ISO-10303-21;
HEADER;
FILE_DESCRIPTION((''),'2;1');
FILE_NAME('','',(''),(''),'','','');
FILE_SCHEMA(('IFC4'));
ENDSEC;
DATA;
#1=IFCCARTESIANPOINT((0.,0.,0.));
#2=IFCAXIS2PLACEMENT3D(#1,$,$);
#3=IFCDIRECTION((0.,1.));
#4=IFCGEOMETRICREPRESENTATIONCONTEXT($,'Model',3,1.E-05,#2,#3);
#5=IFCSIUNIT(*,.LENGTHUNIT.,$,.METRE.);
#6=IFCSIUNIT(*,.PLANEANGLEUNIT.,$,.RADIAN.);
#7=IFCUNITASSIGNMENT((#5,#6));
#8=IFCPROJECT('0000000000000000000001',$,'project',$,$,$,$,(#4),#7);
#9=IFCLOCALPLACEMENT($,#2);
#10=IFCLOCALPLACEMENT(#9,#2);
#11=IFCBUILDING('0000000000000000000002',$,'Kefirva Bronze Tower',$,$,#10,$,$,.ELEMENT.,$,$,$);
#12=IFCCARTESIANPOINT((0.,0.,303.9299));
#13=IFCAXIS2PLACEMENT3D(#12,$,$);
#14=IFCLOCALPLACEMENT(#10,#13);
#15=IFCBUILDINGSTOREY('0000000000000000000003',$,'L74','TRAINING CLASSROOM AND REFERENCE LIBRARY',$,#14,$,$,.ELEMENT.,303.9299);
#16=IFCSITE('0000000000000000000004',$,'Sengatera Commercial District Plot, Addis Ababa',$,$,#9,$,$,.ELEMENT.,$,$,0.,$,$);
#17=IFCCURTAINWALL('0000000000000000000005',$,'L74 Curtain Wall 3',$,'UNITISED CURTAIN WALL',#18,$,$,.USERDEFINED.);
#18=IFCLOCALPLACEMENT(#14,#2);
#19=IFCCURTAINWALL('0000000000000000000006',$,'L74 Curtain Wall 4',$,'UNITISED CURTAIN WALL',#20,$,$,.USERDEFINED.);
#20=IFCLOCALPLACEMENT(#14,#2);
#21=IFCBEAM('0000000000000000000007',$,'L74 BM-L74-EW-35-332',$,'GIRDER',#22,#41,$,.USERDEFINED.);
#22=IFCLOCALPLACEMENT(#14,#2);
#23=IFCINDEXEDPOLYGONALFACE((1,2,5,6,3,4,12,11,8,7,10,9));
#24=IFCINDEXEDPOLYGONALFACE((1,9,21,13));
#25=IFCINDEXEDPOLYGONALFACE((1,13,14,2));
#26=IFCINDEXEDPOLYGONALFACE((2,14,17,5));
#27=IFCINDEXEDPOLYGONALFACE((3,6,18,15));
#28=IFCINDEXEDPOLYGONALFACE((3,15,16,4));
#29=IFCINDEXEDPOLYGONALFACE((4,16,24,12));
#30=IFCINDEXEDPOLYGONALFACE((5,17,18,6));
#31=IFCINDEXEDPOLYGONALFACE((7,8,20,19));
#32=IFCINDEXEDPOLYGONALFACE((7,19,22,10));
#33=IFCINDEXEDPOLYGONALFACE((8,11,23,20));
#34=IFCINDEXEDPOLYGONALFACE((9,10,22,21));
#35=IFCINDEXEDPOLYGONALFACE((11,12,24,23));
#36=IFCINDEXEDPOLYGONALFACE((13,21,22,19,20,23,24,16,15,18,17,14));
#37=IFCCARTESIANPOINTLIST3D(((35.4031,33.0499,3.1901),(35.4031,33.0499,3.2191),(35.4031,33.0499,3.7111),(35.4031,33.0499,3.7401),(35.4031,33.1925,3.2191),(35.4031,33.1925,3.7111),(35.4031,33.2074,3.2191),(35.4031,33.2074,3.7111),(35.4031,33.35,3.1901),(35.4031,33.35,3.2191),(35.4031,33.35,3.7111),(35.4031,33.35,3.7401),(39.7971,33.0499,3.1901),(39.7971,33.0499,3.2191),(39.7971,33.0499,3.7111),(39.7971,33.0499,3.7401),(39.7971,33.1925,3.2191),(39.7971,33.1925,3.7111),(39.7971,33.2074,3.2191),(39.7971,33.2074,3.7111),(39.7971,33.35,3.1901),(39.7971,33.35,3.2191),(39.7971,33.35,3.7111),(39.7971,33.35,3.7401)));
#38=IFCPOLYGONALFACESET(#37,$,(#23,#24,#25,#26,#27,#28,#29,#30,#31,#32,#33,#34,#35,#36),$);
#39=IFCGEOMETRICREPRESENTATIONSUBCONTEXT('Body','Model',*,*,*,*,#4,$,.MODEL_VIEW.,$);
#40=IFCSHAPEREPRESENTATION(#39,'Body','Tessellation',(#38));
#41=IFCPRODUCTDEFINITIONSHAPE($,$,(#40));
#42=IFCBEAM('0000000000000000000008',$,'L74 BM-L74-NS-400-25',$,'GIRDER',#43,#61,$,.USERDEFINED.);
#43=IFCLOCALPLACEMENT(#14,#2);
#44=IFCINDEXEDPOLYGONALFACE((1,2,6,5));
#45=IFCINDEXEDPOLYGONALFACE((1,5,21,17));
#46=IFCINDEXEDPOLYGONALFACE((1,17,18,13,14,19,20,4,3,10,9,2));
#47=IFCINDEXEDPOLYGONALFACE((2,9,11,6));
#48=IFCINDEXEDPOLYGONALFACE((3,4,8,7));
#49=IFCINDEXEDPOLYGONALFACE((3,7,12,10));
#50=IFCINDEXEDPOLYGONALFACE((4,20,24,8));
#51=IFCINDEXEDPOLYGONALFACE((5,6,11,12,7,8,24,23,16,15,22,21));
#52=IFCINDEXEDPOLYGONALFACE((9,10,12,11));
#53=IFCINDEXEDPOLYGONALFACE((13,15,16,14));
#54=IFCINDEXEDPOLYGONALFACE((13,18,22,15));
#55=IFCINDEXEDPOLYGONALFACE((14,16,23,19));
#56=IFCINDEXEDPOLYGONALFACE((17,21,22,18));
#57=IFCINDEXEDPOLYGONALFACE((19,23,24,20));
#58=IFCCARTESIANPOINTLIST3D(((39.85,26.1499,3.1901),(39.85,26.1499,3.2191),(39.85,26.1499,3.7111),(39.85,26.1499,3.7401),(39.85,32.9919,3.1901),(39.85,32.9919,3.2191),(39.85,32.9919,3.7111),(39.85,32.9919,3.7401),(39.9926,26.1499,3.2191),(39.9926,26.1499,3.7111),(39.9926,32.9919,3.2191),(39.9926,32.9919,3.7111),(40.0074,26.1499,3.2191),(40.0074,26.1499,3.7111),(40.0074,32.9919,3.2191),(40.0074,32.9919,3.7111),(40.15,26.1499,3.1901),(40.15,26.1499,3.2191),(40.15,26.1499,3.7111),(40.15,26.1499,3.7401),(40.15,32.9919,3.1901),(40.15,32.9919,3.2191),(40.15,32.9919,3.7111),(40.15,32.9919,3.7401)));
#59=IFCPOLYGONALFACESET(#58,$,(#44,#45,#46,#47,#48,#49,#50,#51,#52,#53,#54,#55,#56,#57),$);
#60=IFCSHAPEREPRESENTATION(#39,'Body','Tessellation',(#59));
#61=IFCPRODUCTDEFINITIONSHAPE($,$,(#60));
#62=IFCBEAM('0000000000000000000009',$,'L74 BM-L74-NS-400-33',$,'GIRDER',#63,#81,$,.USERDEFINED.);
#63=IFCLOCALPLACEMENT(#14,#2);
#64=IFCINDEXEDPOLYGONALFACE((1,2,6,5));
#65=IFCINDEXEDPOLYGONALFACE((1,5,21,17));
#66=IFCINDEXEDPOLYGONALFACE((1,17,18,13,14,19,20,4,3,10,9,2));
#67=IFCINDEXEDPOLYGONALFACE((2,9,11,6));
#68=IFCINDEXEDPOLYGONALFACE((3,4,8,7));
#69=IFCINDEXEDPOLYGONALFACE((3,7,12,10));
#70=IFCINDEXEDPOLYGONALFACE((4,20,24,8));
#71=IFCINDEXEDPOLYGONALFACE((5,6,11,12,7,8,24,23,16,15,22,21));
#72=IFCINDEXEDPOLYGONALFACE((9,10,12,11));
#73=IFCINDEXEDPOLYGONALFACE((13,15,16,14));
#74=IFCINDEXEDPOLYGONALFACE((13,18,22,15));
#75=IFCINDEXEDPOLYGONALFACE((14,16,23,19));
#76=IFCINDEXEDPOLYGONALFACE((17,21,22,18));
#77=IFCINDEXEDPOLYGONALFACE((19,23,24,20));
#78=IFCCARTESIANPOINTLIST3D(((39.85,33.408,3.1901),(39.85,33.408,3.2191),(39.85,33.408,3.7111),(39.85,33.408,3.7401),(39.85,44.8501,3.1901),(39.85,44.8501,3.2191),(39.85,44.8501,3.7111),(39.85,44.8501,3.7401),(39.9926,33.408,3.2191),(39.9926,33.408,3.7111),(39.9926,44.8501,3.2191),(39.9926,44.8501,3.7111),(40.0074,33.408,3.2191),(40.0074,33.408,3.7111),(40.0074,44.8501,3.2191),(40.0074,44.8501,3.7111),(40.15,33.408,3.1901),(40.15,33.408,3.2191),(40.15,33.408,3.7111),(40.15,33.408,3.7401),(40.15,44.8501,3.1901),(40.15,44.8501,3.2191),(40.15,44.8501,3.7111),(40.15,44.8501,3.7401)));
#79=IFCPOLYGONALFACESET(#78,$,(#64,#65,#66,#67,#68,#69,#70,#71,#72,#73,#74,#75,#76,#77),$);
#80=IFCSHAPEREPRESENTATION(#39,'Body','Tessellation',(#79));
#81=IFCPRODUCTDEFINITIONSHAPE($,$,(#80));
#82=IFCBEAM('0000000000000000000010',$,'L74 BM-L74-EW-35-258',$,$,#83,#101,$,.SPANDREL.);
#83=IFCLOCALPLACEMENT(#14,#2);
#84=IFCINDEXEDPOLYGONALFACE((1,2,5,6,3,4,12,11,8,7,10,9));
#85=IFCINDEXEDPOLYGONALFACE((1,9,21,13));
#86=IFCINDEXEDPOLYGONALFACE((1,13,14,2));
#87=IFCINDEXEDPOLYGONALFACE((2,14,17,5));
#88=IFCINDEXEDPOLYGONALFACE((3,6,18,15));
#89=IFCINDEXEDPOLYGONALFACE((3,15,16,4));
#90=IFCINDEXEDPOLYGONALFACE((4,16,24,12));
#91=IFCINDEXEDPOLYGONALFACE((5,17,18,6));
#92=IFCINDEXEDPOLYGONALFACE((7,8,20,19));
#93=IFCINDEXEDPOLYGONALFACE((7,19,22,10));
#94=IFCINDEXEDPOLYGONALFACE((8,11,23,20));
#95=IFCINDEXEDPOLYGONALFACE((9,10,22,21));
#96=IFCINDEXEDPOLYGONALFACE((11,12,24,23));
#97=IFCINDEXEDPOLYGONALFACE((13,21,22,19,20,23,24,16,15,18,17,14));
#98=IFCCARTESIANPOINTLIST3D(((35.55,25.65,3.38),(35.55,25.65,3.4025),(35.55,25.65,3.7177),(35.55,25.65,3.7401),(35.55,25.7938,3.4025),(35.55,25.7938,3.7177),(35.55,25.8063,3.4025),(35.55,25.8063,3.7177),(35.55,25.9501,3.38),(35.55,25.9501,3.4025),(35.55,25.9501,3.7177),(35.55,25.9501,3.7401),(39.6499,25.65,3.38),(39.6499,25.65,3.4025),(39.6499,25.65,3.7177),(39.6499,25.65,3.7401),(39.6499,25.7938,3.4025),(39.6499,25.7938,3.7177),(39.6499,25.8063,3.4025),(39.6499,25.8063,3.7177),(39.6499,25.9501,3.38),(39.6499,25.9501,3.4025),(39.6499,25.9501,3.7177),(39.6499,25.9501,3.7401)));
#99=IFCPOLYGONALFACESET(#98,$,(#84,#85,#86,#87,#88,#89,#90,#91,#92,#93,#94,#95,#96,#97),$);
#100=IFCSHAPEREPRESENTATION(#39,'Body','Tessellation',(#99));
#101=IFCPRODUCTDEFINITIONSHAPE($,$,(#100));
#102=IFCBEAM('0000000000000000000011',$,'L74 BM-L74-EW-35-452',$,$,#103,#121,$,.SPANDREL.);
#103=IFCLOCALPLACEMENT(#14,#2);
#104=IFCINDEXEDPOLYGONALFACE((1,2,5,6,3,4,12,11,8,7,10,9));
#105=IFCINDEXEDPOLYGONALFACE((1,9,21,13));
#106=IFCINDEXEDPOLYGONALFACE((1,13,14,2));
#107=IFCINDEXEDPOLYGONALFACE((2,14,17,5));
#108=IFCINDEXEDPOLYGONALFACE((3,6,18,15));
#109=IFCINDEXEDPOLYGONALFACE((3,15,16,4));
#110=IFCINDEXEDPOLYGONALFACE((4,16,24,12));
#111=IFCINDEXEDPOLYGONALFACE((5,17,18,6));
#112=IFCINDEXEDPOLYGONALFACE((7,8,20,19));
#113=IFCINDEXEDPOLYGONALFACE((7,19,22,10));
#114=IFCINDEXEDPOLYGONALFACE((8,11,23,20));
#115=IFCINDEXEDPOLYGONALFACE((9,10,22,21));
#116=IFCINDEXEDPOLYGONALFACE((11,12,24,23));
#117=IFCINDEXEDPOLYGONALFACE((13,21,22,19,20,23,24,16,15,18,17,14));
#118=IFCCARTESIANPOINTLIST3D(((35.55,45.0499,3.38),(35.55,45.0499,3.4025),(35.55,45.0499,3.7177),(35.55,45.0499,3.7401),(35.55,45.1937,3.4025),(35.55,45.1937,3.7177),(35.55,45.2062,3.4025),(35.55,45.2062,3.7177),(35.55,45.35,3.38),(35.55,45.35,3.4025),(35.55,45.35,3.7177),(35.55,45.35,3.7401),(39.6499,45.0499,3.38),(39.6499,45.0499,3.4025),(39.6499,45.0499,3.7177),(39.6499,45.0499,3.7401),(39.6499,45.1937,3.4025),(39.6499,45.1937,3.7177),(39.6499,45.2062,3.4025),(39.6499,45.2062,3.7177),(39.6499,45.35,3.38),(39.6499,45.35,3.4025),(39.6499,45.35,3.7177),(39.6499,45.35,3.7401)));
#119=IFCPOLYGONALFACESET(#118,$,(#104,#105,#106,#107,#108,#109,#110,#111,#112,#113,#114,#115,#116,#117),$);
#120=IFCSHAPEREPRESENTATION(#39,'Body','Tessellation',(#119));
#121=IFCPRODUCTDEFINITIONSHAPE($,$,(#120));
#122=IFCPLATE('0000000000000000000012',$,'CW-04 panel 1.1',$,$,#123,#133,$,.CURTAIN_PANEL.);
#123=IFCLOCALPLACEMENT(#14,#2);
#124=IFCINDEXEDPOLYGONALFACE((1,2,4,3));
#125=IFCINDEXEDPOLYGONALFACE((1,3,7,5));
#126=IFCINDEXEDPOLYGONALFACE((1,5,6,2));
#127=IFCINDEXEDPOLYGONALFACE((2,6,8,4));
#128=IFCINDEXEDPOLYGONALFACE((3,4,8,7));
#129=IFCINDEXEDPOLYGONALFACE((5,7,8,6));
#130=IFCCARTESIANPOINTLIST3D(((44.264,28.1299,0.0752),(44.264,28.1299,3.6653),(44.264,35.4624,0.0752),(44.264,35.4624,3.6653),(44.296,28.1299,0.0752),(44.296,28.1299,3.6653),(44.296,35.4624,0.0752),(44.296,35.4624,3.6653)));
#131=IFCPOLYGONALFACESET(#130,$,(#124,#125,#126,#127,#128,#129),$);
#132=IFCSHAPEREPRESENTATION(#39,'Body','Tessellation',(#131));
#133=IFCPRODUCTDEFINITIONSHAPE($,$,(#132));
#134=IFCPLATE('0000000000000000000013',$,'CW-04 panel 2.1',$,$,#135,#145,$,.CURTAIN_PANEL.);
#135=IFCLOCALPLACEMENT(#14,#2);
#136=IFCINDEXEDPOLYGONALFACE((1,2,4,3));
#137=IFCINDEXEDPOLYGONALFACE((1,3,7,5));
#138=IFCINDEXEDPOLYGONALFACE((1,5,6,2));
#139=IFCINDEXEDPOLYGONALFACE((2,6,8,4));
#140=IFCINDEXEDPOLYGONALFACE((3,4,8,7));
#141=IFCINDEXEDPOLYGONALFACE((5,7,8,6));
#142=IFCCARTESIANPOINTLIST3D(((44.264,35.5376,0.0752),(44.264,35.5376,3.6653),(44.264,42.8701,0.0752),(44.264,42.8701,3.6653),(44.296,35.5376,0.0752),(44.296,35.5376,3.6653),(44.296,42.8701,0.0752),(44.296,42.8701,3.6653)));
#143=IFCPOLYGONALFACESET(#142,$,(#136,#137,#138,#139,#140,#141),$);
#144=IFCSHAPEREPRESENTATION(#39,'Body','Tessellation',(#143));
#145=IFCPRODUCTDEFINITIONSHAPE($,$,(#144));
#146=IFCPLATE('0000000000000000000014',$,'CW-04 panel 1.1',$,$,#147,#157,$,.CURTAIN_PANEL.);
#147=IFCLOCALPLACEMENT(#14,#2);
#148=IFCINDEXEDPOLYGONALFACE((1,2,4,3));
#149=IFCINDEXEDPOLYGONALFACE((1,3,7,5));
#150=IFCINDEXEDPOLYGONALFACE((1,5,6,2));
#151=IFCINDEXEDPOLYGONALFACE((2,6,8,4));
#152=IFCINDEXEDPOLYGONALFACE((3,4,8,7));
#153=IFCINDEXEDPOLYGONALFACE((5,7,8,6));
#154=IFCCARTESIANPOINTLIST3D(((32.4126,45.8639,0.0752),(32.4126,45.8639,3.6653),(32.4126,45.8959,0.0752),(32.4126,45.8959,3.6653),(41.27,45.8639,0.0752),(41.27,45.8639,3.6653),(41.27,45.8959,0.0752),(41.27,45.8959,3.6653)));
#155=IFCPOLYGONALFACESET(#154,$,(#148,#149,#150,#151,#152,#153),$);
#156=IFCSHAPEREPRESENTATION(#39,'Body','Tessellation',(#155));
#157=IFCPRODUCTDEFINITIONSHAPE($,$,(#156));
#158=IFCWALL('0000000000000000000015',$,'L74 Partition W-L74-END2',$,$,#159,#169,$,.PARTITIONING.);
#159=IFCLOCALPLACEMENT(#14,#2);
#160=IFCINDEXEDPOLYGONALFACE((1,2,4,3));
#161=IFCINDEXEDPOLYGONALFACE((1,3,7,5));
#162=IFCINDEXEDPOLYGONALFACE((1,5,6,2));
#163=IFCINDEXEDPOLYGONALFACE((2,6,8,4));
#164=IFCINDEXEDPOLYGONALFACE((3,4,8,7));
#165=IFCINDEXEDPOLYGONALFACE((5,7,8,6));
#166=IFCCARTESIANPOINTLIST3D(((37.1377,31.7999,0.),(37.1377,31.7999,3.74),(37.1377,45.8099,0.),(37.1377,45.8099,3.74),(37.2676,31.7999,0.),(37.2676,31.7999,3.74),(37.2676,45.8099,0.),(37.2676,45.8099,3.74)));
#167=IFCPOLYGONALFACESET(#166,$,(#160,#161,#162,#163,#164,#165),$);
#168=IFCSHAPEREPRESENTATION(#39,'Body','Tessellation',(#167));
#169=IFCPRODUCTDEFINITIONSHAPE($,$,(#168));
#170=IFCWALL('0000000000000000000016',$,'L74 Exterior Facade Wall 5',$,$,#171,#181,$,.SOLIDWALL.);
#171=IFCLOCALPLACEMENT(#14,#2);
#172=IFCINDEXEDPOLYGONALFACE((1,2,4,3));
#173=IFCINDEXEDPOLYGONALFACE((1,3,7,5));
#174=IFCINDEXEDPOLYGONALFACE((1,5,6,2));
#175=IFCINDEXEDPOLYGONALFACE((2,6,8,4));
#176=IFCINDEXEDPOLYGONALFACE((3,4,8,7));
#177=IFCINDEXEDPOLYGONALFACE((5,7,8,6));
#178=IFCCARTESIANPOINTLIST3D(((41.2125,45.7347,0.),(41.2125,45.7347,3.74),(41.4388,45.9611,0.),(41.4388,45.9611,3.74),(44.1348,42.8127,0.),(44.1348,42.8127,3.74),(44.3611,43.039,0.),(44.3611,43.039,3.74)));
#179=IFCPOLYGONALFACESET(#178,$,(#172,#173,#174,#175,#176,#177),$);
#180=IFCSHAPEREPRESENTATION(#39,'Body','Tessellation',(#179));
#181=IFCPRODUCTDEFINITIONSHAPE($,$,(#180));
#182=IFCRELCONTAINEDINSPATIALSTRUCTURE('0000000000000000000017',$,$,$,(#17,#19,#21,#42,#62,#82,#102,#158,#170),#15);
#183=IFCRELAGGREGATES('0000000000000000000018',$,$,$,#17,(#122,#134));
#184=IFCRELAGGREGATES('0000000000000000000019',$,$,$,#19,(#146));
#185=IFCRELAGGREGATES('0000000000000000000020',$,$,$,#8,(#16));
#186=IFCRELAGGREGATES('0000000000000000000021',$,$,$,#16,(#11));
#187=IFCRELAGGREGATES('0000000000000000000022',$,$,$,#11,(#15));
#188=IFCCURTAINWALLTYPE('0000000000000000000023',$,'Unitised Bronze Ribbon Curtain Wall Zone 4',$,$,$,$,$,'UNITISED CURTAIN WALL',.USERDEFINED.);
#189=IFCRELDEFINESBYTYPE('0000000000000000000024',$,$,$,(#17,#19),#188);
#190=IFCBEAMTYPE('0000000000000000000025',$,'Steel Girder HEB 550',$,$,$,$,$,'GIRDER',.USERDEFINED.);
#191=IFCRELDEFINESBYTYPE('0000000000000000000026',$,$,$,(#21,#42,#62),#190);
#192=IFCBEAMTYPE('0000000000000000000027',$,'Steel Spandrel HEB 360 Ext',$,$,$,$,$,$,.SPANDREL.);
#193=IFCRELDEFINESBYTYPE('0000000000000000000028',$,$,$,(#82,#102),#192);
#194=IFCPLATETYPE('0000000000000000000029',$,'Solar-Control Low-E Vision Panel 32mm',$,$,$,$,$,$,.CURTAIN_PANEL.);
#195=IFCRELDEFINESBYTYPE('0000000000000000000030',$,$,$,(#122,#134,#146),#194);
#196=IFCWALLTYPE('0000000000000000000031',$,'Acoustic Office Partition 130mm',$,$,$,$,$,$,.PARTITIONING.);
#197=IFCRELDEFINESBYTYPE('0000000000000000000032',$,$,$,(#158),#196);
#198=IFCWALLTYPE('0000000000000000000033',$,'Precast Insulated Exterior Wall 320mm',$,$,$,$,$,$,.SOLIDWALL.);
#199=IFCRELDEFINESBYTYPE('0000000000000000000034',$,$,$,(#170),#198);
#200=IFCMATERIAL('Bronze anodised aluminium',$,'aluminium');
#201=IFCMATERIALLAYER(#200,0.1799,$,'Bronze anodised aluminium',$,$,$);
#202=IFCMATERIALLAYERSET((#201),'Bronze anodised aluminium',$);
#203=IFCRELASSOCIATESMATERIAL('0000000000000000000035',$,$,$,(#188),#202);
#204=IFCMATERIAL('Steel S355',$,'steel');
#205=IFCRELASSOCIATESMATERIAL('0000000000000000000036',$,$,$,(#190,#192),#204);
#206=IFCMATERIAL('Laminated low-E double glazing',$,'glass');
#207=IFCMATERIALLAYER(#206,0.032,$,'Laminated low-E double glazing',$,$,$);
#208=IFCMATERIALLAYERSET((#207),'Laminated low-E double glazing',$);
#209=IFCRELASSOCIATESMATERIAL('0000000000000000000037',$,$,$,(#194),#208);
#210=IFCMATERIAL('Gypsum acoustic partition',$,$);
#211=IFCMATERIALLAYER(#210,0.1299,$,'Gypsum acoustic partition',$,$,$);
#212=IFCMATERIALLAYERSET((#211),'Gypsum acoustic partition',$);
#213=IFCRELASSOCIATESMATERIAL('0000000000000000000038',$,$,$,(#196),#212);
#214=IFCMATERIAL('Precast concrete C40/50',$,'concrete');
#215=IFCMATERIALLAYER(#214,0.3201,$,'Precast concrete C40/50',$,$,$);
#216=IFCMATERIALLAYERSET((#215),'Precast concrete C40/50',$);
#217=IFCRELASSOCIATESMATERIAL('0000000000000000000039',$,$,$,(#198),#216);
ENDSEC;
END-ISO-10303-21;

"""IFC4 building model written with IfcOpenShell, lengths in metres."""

from ifc_helpers import new_model, si_unit, direction, frame, frame_2d, origin, origin_2d, place, context, subcontext, project, spatial, rectangle, i_section, extrude, material, layer, layer_set, material_profile, profile_set, type_object, element, aggregate, save


model = new_model("IFC4")

# Units and contexts
model_context = context("Model", 3, precision=1e-05, world=origin(), true_north=direction((0.0, 1.0)))
body_context = subcontext(model_context, "Body", "Model", "MODEL_VIEW")
ifc_project = project(units=[si_unit("LENGTHUNIT", "METRE"), si_unit("PLANEANGLEUNIT", "RADIAN")], contexts=[model_context])

# Site, building, storey
site_placement = place(None, origin())
site = spatial("IfcSite", under=ifc_project, at=site_placement, Name="Sengatera Commercial District Plot, Addis Ababa", CompositionType="ELEMENT", RefElevation=0.0)
building_placement = place(site_placement, origin())
building = spatial("IfcBuilding", under=site, at=building_placement, Name="Kefirva Bronze Tower", CompositionType="ELEMENT")
storey_placement = place(building_placement, frame((0.0, 0.0, 303.9299)))
storey = spatial("IfcBuildingStorey", under=building, at=storey_placement, Name="L74", Description="TRAINING CLASSROOM AND REFERENCE LIBRARY", CompositionType="ELEMENT", Elevation=303.9299)

# Curtain wall
ifc_material_1 = material(Name="Bronze anodised aluminium", Category="aluminium")
ifc_layer_1 = layer(ifc_material_1, 0.1799, Name="Bronze anodised aluminium")
ifc_layer_set_1 = layer_set([ifc_layer_1], Name="Bronze anodised aluminium")
curtain_wall_type = type_object("IfcCurtainWallType", Name="Unitised Bronze Ribbon Curtain Wall Zone 4", ElementType="UNITISED CURTAIN WALL", PredefinedType="USERDEFINED", material=ifc_layer_set_1)
curtain_wall_1_placement = place(storey_placement, origin())
curtain_wall_1 = element("IfcCurtainWall", 1, at=curtain_wall_1_placement, inside=storey, type_object=curtain_wall_type, Name="L74 Curtain Wall 3", ObjectType="UNITISED CURTAIN WALL", PredefinedType="USERDEFINED")

# Curtain wall
curtain_wall_2_placement = place(storey_placement, origin())
curtain_wall_2 = element("IfcCurtainWall", 2, at=curtain_wall_2_placement, inside=storey, type_object=curtain_wall_type, Name="L74 Curtain Wall 4", ObjectType="UNITISED CURTAIN WALL", PredefinedType="USERDEFINED")

# Beams
ifc_material_2 = material(Name="Steel S355", Category="steel")
ifc_material_profile_1 = material_profile(ifc_material_2, i_section(OverallWidth=0.3, OverallDepth=0.55, WebThickness=0.0149, FlangeThickness=0.0291, at=origin_2d()), Name="HEB 550")
ifc_profile_set_1 = profile_set([ifc_material_profile_1], Name="Steel S355")
beam_type_1 = type_object("IfcBeamType", Name="Steel Girder HEB 550", ElementType="GIRDER", PredefinedType="USERDEFINED", material=ifc_profile_set_1)
beam_1_placement = place(storey_placement, frame((35.4031, 33.2, 3.4651), z_axis=(1.0, 0.0, 0.0), x_axis=(0.0, 1.0, 0.0)))
element("IfcBeam", 3, at=beam_1_placement, inside=storey, type_object=beam_type_1, Name="L74 BM-L74-EW-35-332", ObjectType="GIRDER", PredefinedType="USERDEFINED", context=body_context, shape_type="SweptSolid", body=[
    extrude(i_section(OverallWidth=0.3, OverallDepth=0.55, WebThickness=0.0149, FlangeThickness=0.0291, at=origin_2d()), origin(), (0.0, 0.0, 1.0), 4.394),
])
beam_2_placement = place(storey_placement, frame((40.0, 26.1499, 3.4651), z_axis=(0.0, 1.0, 0.0), x_axis=(-1.0, 0.0, 0.0)))
element("IfcBeam", 4, at=beam_2_placement, inside=storey, type_object=beam_type_1, Name="L74 BM-L74-NS-400-25", ObjectType="GIRDER", PredefinedType="USERDEFINED", context=body_context, shape_type="SweptSolid", body=[
    extrude(i_section(OverallWidth=0.3, OverallDepth=0.55, WebThickness=0.0149, FlangeThickness=0.0291, at=origin_2d()), origin(), (0.0, 0.0, 1.0), 6.842),
])
beam_3_placement = place(storey_placement, frame((40.0, 33.408, 3.4651), z_axis=(0.0, 1.0, 0.0), x_axis=(-1.0, 0.0, 0.0)))
element("IfcBeam", 5, at=beam_3_placement, inside=storey, type_object=beam_type_1, Name="L74 BM-L74-NS-400-33", ObjectType="GIRDER", PredefinedType="USERDEFINED", context=body_context, shape_type="SweptSolid", body=[
    extrude(i_section(OverallWidth=0.3, OverallDepth=0.55, WebThickness=0.0149, FlangeThickness=0.0291, at=origin_2d()), origin(), (0.0, 0.0, 1.0), 11.4421),
])
ifc_material_profile_2 = material_profile(ifc_material_2, i_section(OverallWidth=0.3, OverallDepth=0.3601, WebThickness=0.0125, FlangeThickness=0.0225, at=origin_2d()), Name="HEB 360")
ifc_profile_set_2 = profile_set([ifc_material_profile_2], Name="Steel S355")
beam_type_2 = type_object("IfcBeamType", Name="Steel Spandrel HEB 360 Ext", PredefinedType="SPANDREL", material=ifc_profile_set_2)
for number, where, z_axis, x_axis, name in (
    (6, (35.55, 25.8, 3.5601), (1.0, 0.0, 0.0), (0.0, 1.0, 0.0), "L74 BM-L74-EW-35-258"),
    (7, (35.55, 45.2, 3.5601), (1.0, 0.0, 0.0), (0.0, 1.0, 0.0), "L74 BM-L74-EW-35-452"),
):
    element("IfcBeam", number, at=place(storey_placement, frame(where, z_axis=z_axis, x_axis=x_axis)), inside=storey, type_object=beam_type_2, Name=name, PredefinedType="SPANDREL", context=body_context, shape_type="SweptSolid", body=[
        extrude(i_section(OverallWidth=0.3, OverallDepth=0.3601, WebThickness=0.0125, FlangeThickness=0.0225, at=origin_2d()), origin(), (0.0, 0.0, 1.0), 4.0999),
    ])

# Plates
ifc_material_3 = material(Name="Laminated low-E double glazing", Category="glass")
ifc_layer_2 = layer(ifc_material_3, 0.032, Name="Laminated low-E double glazing")
ifc_layer_set_2 = layer_set([ifc_layer_2], Name="Laminated low-E double glazing")
plate_type = type_object("IfcPlateType", Name="Solar-Control Low-E Vision Panel 32mm", PredefinedType="CURTAIN_PANEL", material=ifc_layer_set_2)
plate_1_placement = place(storey_placement, frame((44.28, 31.7961, 0.0752), z_axis=(0.0, 0.0, 1.0), x_axis=(0.0, 1.0, 0.0)))
plate_1 = element("IfcPlate", 8, at=plate_1_placement, type_object=plate_type, Name="CW-04 panel 1.1", PredefinedType="CURTAIN_PANEL", context=body_context, shape_type="SweptSolid", body=[
    extrude(rectangle(XDim=7.3325, YDim=0.032, at=origin_2d()), origin(), (0.0, 0.0, 1.0), 3.5901),
])
plate_2_placement = place(storey_placement, frame((44.28, 39.2039, 0.0752), z_axis=(0.0, 0.0, 1.0), x_axis=(0.0, 1.0, 0.0)))
plate_2 = element("IfcPlate", 9, at=plate_2_placement, type_object=plate_type, Name="CW-04 panel 2.1", PredefinedType="CURTAIN_PANEL", context=body_context, shape_type="SweptSolid", body=[
    extrude(rectangle(XDim=7.3325, YDim=0.032, at=origin_2d()), origin(), (0.0, 0.0, 1.0), 3.5901),
])
aggregate(curtain_wall_1, [plate_1, plate_2])
plate_3_placement = place(storey_placement, frame((36.8413, 45.8799, 0.0752), z_axis=(0.0, 0.0, 1.0), x_axis=(-1.0, 0.0, 0.0)))
plate_3 = element("IfcPlate", 10, at=plate_3_placement, type_object=plate_type, Name="CW-04 panel 1.1", PredefinedType="CURTAIN_PANEL", context=body_context, shape_type="SweptSolid", body=[
    extrude(rectangle(XDim=8.8574, YDim=0.032, at=origin_2d()), origin(), (0.0, 0.0, 1.0), 3.5901),
])
aggregate(curtain_wall_2, [plate_3])

# Walls
ifc_material_4 = material(Name="Gypsum acoustic partition")
ifc_layer_3 = layer(ifc_material_4, 0.1299, Name="Gypsum acoustic partition")
ifc_layer_set_3 = layer_set([ifc_layer_3], Name="Gypsum acoustic partition")
wall_type_1 = type_object("IfcWallType", Name="Acoustic Office Partition 130mm", PredefinedType="PARTITIONING", material=ifc_layer_set_3)
wall_1_placement = place(storey_placement, frame((37.2026, 31.8, 0.0), z_axis=(0.0, 0.0, 1.0), x_axis=(0.0, 1.0, 0.0)))
element("IfcWall", 11, at=wall_1_placement, inside=storey, type_object=wall_type_1, Name="L74 Partition W-L74-END2", PredefinedType="PARTITIONING", context=body_context, shape_type="SweptSolid", body=[
    extrude(rectangle(XDim=14.01, YDim=0.1299, at=frame_2d((7.0049, 0.0))), origin(), (0.0, 0.0, 1.0), 3.74),
])
ifc_material_5 = material(Name="Precast concrete C40/50", Category="concrete")
ifc_layer_4 = layer(ifc_material_5, 0.3201, Name="Precast concrete C40/50")
ifc_layer_set_4 = layer_set([ifc_layer_4], Name="Precast concrete C40/50")
wall_type_2 = type_object("IfcWallType", Name="Precast Insulated Exterior Wall 320mm", PredefinedType="SOLIDWALL", material=ifc_layer_set_4)
wall_2_placement = place(storey_placement, frame((44.248, 42.9258, 0.0), z_axis=(0.0, 0.0, 1.0), x_axis=(-0.707136, 0.707077, 0.0)))
element("IfcWall", 12, at=wall_2_placement, inside=storey, type_object=wall_type_2, Name="L74 Exterior Facade Wall 5", PredefinedType="SOLIDWALL", context=body_context, shape_type="SweptSolid", body=[
    extrude(rectangle(XDim=4.1326, YDim=0.3201, at=frame_2d((2.0664, 0.0))), origin(), (0.0, 0.0, 1.0), 3.74),
])

save(model, "model.ifc")
